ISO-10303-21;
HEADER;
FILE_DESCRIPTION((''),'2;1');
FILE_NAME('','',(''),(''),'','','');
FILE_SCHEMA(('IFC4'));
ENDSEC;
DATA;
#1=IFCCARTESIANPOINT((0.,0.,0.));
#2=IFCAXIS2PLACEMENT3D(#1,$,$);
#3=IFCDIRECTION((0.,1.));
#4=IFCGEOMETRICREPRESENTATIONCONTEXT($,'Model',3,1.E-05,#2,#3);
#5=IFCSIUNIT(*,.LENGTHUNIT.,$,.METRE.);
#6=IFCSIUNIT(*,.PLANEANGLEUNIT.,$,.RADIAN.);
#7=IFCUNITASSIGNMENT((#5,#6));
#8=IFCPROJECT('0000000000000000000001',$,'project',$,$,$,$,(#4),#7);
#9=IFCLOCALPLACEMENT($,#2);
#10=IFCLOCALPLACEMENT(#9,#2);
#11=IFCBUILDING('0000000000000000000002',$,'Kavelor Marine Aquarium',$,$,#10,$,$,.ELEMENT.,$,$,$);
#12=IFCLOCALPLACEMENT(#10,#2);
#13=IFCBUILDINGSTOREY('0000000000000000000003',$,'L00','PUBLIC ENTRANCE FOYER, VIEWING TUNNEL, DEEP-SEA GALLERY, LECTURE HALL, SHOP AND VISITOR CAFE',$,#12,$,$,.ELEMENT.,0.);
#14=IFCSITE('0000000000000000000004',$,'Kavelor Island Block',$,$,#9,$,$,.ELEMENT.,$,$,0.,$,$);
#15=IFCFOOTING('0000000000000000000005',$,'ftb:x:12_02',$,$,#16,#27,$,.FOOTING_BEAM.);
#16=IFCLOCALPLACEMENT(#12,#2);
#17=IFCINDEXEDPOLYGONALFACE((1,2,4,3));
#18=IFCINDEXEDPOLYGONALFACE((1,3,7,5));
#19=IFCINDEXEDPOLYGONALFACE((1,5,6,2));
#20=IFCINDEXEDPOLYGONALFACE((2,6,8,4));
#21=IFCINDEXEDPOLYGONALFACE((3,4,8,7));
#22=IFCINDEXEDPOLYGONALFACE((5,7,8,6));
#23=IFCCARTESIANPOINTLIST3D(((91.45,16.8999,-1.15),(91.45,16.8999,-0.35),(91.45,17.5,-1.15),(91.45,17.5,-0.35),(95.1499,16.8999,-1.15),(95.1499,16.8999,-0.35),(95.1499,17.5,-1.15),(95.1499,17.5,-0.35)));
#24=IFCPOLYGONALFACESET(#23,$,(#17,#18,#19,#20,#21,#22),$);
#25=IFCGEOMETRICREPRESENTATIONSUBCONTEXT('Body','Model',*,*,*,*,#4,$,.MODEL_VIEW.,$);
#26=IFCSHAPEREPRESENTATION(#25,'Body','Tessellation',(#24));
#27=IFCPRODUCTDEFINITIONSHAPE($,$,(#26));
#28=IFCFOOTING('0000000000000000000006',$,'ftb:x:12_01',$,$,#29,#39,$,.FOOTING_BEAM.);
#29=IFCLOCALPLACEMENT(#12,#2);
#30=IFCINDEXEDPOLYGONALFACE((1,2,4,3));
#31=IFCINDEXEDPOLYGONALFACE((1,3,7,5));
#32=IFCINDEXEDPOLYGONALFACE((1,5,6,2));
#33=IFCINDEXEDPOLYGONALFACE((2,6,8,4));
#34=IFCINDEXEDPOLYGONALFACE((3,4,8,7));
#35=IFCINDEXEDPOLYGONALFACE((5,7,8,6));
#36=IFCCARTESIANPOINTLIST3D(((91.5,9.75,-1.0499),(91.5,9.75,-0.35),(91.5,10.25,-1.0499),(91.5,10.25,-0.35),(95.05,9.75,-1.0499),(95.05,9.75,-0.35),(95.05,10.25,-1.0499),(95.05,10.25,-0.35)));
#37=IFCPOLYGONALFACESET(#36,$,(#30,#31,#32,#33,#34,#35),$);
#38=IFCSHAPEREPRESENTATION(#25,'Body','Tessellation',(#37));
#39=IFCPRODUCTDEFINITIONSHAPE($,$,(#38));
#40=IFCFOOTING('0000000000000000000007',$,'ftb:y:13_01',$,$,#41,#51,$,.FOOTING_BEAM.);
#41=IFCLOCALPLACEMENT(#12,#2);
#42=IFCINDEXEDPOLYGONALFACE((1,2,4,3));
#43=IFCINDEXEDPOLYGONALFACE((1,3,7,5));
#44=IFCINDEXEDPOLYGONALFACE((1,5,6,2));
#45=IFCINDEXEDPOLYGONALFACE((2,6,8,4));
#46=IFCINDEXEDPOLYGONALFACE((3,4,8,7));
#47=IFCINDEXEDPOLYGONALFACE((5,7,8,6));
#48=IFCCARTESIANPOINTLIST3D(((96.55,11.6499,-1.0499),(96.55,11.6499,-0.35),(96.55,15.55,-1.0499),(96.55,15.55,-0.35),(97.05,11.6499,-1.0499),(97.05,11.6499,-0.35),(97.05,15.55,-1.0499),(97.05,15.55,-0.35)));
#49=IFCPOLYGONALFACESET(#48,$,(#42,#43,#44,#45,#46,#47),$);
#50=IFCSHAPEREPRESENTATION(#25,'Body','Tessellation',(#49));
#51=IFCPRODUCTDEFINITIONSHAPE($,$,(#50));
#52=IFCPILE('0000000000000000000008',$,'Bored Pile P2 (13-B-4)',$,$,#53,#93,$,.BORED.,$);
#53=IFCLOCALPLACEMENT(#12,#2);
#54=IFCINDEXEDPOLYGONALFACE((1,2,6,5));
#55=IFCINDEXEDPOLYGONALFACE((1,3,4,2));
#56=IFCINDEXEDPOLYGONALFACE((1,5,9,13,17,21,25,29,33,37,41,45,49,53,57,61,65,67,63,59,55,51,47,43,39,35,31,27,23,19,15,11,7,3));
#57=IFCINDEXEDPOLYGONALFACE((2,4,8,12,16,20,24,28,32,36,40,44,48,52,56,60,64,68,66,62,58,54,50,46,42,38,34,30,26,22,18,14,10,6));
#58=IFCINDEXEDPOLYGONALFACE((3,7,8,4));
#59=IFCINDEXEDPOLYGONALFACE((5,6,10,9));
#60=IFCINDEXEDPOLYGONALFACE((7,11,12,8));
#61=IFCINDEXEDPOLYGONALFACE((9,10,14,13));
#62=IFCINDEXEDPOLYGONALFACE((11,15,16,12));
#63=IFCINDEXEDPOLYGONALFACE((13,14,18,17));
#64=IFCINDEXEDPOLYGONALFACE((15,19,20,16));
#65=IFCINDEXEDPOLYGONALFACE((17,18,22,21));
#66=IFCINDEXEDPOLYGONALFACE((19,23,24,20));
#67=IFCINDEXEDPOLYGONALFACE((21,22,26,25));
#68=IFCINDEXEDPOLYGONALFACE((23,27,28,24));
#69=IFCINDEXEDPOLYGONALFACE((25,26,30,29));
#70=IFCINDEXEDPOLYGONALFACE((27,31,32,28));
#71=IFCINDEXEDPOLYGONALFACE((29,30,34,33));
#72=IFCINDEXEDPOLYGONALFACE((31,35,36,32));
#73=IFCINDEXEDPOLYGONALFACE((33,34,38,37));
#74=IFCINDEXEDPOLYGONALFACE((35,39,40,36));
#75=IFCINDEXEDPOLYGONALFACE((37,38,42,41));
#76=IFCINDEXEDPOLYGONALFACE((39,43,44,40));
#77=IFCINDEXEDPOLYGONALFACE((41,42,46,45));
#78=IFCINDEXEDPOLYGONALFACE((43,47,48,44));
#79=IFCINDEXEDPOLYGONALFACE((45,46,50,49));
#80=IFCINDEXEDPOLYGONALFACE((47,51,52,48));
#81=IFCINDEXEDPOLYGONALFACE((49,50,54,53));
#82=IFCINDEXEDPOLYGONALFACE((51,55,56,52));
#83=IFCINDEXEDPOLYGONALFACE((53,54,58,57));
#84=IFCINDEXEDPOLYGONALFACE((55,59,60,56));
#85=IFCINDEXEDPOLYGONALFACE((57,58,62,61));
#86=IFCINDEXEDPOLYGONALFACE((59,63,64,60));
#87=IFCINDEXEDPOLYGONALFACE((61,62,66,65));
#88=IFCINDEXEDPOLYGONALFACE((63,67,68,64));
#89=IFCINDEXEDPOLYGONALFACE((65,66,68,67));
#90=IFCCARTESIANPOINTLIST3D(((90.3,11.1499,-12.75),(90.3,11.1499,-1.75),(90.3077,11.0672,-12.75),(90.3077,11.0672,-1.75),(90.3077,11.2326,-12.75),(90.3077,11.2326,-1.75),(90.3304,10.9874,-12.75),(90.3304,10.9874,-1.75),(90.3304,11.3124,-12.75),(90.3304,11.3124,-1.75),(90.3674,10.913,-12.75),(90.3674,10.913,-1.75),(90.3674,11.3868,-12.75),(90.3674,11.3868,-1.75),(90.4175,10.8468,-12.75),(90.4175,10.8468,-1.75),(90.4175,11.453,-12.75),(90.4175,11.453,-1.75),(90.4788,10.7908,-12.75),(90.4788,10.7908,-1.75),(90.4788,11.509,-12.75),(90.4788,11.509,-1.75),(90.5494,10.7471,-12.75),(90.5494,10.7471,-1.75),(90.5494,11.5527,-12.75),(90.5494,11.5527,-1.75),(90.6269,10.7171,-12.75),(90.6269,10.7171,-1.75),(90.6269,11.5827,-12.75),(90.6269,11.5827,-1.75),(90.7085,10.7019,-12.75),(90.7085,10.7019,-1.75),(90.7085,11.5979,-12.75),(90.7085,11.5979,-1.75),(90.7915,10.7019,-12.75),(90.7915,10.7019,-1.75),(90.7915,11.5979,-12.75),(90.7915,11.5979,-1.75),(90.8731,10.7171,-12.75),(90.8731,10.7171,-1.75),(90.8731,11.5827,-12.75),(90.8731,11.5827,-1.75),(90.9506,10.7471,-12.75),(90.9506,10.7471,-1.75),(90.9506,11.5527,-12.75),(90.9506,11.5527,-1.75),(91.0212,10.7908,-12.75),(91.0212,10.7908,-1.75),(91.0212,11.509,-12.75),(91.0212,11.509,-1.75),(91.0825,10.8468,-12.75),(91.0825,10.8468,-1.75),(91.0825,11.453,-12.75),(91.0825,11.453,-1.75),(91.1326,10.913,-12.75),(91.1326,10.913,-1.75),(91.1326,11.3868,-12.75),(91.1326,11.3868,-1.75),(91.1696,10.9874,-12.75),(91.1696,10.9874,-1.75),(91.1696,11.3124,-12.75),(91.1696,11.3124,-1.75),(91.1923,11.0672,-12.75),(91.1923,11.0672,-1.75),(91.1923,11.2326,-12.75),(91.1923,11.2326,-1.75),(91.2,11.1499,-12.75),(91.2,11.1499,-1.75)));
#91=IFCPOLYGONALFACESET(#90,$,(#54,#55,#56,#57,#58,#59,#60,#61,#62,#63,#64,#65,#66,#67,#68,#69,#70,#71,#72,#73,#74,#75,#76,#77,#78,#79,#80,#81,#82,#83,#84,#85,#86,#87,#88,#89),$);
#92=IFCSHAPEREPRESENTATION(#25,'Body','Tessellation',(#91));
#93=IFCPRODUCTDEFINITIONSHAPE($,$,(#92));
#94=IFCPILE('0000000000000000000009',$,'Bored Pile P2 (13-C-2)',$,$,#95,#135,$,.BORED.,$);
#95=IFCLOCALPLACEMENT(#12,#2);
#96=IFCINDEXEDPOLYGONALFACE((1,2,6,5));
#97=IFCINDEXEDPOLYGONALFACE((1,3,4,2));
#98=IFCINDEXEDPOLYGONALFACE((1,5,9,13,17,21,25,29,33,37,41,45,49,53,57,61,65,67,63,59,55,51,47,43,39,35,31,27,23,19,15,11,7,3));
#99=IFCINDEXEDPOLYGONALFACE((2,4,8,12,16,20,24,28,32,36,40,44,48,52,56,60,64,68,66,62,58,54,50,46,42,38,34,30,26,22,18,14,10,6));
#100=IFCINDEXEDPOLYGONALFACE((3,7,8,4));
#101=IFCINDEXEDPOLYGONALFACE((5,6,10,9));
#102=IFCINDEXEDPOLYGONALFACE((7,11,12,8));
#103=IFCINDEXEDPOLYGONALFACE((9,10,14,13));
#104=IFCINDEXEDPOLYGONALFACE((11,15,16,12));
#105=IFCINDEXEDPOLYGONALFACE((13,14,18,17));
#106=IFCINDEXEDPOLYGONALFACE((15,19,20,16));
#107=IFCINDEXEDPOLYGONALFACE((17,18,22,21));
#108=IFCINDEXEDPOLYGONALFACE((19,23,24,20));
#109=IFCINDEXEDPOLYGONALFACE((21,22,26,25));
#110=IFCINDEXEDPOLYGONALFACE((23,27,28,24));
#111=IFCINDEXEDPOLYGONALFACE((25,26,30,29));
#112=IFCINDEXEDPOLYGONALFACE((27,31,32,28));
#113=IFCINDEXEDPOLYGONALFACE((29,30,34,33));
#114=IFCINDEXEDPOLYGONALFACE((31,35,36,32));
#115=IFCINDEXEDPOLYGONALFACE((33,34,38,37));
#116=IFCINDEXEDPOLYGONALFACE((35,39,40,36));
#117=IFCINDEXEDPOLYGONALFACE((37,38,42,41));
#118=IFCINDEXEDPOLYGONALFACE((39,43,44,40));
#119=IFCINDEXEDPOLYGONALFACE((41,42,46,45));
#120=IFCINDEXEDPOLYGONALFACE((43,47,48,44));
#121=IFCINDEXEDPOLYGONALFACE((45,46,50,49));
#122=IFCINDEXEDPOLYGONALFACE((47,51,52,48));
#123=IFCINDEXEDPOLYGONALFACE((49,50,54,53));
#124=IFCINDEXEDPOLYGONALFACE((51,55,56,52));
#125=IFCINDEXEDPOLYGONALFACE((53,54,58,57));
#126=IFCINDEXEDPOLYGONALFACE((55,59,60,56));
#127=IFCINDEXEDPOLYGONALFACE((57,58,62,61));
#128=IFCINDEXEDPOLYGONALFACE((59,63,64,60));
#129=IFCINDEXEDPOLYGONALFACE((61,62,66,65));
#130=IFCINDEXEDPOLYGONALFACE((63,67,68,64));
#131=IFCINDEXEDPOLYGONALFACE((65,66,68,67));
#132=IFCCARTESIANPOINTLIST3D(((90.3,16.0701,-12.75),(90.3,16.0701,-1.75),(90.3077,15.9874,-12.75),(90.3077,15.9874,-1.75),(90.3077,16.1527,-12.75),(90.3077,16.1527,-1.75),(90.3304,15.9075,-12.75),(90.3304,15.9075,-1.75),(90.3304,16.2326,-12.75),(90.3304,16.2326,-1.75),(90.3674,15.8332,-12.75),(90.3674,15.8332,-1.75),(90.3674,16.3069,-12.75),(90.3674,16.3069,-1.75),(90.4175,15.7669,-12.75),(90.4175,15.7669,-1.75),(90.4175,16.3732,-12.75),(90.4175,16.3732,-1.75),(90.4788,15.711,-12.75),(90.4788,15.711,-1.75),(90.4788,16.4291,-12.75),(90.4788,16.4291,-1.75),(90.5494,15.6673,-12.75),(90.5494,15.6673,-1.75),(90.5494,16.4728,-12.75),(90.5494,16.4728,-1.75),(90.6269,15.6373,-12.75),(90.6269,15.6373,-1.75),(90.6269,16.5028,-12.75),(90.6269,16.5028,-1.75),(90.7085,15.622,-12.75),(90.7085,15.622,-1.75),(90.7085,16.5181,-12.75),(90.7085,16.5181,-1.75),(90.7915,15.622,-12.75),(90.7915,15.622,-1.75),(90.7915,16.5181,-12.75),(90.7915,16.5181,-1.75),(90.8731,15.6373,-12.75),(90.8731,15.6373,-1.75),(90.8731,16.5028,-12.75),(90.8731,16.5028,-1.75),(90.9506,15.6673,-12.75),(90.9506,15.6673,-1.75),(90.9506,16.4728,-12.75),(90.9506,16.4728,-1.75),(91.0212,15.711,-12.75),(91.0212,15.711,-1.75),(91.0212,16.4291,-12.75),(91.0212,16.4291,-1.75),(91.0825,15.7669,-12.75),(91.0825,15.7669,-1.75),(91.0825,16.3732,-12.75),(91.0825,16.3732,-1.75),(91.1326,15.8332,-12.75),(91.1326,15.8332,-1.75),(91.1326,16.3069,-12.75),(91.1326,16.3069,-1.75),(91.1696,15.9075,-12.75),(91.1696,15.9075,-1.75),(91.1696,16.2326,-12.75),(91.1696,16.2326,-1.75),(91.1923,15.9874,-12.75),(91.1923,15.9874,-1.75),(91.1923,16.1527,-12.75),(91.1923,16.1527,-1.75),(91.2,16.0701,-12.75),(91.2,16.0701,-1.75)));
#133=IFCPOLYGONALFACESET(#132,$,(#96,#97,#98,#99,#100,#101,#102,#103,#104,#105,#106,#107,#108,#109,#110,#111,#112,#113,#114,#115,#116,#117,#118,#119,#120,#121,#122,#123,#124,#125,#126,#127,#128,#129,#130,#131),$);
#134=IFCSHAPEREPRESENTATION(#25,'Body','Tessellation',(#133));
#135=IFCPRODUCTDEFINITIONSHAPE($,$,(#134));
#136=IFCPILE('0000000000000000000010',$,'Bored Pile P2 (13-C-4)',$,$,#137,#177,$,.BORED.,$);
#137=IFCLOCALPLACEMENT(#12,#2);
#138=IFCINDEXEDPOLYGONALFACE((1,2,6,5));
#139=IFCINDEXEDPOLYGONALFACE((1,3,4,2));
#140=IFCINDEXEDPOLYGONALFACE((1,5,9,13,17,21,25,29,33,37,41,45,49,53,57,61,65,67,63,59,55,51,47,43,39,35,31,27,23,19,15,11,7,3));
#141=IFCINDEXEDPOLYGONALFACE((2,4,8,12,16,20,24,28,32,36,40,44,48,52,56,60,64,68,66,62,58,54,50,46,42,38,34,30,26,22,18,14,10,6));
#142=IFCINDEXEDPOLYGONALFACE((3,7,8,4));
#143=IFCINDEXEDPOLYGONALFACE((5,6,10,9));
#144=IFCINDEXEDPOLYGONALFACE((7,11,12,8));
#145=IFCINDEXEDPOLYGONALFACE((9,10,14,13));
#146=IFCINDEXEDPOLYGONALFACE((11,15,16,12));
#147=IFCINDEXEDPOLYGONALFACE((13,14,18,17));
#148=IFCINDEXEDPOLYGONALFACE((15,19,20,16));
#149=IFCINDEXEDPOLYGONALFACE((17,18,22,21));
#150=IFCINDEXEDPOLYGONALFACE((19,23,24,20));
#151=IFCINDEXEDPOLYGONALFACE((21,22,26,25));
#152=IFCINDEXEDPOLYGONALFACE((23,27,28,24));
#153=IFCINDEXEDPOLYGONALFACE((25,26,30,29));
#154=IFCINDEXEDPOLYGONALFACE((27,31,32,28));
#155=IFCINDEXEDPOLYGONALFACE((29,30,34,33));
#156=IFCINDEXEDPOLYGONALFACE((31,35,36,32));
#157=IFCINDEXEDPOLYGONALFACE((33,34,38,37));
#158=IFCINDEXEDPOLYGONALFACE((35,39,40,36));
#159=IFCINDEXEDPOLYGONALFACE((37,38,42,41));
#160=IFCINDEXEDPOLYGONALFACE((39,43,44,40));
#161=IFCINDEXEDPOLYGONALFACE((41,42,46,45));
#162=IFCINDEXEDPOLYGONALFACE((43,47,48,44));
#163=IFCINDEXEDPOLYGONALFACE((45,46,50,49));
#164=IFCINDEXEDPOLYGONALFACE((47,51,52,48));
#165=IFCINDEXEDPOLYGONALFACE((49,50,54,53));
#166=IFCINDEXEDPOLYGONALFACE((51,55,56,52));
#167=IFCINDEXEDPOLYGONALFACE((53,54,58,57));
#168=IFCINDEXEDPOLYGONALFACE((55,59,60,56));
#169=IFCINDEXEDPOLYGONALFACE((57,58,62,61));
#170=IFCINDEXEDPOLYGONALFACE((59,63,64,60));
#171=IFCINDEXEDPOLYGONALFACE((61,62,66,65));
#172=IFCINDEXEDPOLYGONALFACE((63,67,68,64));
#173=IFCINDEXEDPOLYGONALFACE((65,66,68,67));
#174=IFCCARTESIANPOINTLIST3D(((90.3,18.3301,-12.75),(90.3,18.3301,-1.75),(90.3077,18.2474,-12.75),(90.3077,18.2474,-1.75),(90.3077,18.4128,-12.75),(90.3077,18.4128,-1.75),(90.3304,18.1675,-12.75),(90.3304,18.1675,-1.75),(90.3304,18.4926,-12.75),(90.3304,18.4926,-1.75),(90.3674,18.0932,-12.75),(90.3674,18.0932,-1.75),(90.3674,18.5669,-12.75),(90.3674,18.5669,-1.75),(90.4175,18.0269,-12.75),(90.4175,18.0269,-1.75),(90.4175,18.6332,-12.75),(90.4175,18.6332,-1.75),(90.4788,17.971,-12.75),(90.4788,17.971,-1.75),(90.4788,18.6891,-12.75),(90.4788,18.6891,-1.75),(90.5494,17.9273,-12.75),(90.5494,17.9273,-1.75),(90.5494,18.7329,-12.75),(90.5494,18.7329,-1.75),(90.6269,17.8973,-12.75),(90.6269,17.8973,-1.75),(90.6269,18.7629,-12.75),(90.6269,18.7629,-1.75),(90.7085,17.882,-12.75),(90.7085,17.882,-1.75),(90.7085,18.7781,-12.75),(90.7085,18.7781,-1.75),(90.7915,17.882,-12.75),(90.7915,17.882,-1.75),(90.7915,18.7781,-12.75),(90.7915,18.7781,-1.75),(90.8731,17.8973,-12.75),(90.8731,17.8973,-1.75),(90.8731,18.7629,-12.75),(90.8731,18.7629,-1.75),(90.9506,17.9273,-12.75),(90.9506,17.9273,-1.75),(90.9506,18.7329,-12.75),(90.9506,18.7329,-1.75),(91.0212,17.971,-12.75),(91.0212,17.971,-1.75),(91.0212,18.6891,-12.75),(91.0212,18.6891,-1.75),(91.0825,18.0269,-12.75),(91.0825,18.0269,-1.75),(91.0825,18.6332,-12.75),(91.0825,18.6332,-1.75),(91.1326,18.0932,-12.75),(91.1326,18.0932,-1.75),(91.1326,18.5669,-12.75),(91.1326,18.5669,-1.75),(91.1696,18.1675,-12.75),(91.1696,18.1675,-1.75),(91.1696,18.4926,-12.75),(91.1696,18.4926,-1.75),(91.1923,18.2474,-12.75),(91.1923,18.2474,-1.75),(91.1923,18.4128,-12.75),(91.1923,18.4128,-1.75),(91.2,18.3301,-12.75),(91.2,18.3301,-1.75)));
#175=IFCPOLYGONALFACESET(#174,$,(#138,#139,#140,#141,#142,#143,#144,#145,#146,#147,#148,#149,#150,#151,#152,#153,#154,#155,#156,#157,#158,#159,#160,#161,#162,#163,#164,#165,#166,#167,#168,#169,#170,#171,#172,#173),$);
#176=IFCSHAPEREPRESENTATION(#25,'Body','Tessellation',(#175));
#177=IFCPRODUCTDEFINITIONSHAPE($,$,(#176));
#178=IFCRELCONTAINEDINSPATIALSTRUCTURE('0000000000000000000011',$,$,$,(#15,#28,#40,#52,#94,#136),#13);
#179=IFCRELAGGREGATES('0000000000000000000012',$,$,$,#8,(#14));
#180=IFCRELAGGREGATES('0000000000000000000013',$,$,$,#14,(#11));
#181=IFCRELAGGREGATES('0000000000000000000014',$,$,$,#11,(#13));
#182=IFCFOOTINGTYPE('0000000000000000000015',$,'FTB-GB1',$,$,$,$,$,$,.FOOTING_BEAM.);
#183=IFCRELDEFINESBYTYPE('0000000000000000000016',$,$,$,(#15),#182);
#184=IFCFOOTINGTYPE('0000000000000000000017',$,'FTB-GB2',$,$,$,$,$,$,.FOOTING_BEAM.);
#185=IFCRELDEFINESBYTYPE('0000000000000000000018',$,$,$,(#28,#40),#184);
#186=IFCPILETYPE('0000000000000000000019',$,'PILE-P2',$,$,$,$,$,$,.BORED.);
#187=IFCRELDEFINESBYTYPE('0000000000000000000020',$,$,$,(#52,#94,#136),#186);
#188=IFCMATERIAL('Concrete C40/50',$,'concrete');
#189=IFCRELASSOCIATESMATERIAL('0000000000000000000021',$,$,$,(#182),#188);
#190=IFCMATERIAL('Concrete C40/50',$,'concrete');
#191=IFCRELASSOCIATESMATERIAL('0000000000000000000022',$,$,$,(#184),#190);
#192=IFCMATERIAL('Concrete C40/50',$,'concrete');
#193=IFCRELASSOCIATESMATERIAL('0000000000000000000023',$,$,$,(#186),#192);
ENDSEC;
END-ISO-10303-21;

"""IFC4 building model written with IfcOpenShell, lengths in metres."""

from ifc_helpers import new_model, si_unit, direction, frame, origin, origin_2d, place, context, subcontext, project, spatial, rectangle, circle, extrude, material, material_profile, profile_set, type_object, element, save


model = new_model("IFC4")

# Units and contexts
model_context = context("Model", 3, precision=1e-05, world=origin(), true_north=direction((0.0, 1.0)))
body_context = subcontext(model_context, "Body", "Model", "MODEL_VIEW")
ifc_project = project(units=[si_unit("LENGTHUNIT", "METRE"), si_unit("PLANEANGLEUNIT", "RADIAN")], contexts=[model_context])

# Site, building, storey
site_placement = place(None, origin())
site = spatial("IfcSite", under=ifc_project, at=site_placement, Name="Kavelor Island Block", CompositionType="ELEMENT", RefElevation=0.0)
building_placement = place(site_placement, origin())
building = spatial("IfcBuilding", under=site, at=building_placement, Name="Kavelor Marine Aquarium", CompositionType="ELEMENT")
storey_placement = place(building_placement, origin())
storey = spatial("IfcBuildingStorey", under=building, at=storey_placement, Name="L00", Description="PUBLIC ENTRANCE FOYER, VIEWING TUNNEL, DEEP-SEA GALLERY, LECTURE HALL, SHOP AND VISITOR CAFE", CompositionType="ELEMENT", Elevation=0.0)

# Footings
ifc_material_1 = material(Name="Concrete C40/50", Category="concrete")
ifc_material_profile_1 = material_profile(ifc_material_1, rectangle(XDim=0.6001, YDim=0.8, at=origin_2d()), Name="GB 600x800")
ifc_profile_set_1 = profile_set([ifc_material_profile_1], Name="Concrete C40/50")
footing_type_1 = type_object("IfcFootingType", Name="FTB-GB1", PredefinedType="FOOTING_BEAM", material=ifc_profile_set_1)
footing_1_placement = place(storey_placement, frame((91.45, 17.2, -0.75), z_axis=(1.0, 0.0, 0.0), x_axis=(0.0, 1.0, 0.0)))
element("IfcFooting", 1, at=footing_1_placement, inside=storey, type_object=footing_type_1, Name="ftb:x:12_02", PredefinedType="FOOTING_BEAM", context=body_context, shape_type="SweptSolid", body=[
    extrude(rectangle(XDim=0.6001, YDim=0.8, at=origin_2d()), origin(), (0.0, 0.0, 1.0), 3.7),
])
ifc_material_2 = material(Name="Concrete C40/50", Category="concrete")
ifc_material_profile_2 = material_profile(ifc_material_2, rectangle(XDim=0.5, YDim=0.7, at=origin_2d()), Name="GB 500x700")
ifc_profile_set_2 = profile_set([ifc_material_profile_2], Name="Concrete C40/50")
footing_type_2 = type_object("IfcFootingType", Name="FTB-GB2", PredefinedType="FOOTING_BEAM", material=ifc_profile_set_2)
footing_2_placement = place(storey_placement, frame((91.5, 10.0, -0.7), z_axis=(1.0, 0.0, 0.0), x_axis=(0.0, 1.0, 0.0)))
element("IfcFooting", 2, at=footing_2_placement, inside=storey, type_object=footing_type_2, Name="ftb:x:12_01", PredefinedType="FOOTING_BEAM", context=body_context, shape_type="SweptSolid", body=[
    extrude(rectangle(XDim=0.5, YDim=0.7, at=origin_2d()), origin(), (0.0, 0.0, 1.0), 3.55),
])
footing_3_placement = place(storey_placement, frame((96.8, 11.6499, -0.7), z_axis=(0.0, 1.0, 0.0), x_axis=(-1.0, 0.0, 0.0)))
element("IfcFooting", 3, at=footing_3_placement, inside=storey, type_object=footing_type_2, Name="ftb:y:13_01", PredefinedType="FOOTING_BEAM", context=body_context, shape_type="SweptSolid", body=[
    extrude(rectangle(XDim=0.5, YDim=0.7, at=origin_2d()), origin(), (0.0, 0.0, 1.0), 3.9001),
])

# Piles
ifc_material_3 = material(Name="Concrete C40/50", Category="concrete")
ifc_material_profile_3 = material_profile(ifc_material_3, circle(Radius=0.45, at=origin_2d()), Name="PILE D900")
ifc_profile_set_3 = profile_set([ifc_material_profile_3], Name="Concrete C40/50")
pile_type_1 = type_object("IfcPileType", Name="PILE-P2", PredefinedType="BORED", material=ifc_profile_set_3)
for number, where, z_axis, x_axis, name in (
    (4, (90.75, 11.1499, -1.75), (0.0, 0.0, -1.0), (1.0, 0.0, 0.0), "Bored Pile P2 (13-B-4)"),
    (5, (90.75, 16.0701, -1.75), (0.0, 0.0, -1.0), (1.0, 0.0, 0.0), "Bored Pile P2 (13-C-2)"),
    (6, (90.75, 18.3301, -1.75), (0.0, 0.0, -1.0), (1.0, 0.0, 0.0), "Bored Pile P2 (13-C-4)"),
):
    element("IfcPile", number, at=place(storey_placement, frame(where, z_axis=z_axis, x_axis=x_axis)), inside=storey, type_object=pile_type_1, Name=name, PredefinedType="BORED", context=body_context, shape_type="SweptSolid", body=[
        extrude(circle(Radius=0.45, at=origin_2d()), origin(), (0.0, 0.0, 1.0), 11.0),
    ])

save(model, "model.ifc")
